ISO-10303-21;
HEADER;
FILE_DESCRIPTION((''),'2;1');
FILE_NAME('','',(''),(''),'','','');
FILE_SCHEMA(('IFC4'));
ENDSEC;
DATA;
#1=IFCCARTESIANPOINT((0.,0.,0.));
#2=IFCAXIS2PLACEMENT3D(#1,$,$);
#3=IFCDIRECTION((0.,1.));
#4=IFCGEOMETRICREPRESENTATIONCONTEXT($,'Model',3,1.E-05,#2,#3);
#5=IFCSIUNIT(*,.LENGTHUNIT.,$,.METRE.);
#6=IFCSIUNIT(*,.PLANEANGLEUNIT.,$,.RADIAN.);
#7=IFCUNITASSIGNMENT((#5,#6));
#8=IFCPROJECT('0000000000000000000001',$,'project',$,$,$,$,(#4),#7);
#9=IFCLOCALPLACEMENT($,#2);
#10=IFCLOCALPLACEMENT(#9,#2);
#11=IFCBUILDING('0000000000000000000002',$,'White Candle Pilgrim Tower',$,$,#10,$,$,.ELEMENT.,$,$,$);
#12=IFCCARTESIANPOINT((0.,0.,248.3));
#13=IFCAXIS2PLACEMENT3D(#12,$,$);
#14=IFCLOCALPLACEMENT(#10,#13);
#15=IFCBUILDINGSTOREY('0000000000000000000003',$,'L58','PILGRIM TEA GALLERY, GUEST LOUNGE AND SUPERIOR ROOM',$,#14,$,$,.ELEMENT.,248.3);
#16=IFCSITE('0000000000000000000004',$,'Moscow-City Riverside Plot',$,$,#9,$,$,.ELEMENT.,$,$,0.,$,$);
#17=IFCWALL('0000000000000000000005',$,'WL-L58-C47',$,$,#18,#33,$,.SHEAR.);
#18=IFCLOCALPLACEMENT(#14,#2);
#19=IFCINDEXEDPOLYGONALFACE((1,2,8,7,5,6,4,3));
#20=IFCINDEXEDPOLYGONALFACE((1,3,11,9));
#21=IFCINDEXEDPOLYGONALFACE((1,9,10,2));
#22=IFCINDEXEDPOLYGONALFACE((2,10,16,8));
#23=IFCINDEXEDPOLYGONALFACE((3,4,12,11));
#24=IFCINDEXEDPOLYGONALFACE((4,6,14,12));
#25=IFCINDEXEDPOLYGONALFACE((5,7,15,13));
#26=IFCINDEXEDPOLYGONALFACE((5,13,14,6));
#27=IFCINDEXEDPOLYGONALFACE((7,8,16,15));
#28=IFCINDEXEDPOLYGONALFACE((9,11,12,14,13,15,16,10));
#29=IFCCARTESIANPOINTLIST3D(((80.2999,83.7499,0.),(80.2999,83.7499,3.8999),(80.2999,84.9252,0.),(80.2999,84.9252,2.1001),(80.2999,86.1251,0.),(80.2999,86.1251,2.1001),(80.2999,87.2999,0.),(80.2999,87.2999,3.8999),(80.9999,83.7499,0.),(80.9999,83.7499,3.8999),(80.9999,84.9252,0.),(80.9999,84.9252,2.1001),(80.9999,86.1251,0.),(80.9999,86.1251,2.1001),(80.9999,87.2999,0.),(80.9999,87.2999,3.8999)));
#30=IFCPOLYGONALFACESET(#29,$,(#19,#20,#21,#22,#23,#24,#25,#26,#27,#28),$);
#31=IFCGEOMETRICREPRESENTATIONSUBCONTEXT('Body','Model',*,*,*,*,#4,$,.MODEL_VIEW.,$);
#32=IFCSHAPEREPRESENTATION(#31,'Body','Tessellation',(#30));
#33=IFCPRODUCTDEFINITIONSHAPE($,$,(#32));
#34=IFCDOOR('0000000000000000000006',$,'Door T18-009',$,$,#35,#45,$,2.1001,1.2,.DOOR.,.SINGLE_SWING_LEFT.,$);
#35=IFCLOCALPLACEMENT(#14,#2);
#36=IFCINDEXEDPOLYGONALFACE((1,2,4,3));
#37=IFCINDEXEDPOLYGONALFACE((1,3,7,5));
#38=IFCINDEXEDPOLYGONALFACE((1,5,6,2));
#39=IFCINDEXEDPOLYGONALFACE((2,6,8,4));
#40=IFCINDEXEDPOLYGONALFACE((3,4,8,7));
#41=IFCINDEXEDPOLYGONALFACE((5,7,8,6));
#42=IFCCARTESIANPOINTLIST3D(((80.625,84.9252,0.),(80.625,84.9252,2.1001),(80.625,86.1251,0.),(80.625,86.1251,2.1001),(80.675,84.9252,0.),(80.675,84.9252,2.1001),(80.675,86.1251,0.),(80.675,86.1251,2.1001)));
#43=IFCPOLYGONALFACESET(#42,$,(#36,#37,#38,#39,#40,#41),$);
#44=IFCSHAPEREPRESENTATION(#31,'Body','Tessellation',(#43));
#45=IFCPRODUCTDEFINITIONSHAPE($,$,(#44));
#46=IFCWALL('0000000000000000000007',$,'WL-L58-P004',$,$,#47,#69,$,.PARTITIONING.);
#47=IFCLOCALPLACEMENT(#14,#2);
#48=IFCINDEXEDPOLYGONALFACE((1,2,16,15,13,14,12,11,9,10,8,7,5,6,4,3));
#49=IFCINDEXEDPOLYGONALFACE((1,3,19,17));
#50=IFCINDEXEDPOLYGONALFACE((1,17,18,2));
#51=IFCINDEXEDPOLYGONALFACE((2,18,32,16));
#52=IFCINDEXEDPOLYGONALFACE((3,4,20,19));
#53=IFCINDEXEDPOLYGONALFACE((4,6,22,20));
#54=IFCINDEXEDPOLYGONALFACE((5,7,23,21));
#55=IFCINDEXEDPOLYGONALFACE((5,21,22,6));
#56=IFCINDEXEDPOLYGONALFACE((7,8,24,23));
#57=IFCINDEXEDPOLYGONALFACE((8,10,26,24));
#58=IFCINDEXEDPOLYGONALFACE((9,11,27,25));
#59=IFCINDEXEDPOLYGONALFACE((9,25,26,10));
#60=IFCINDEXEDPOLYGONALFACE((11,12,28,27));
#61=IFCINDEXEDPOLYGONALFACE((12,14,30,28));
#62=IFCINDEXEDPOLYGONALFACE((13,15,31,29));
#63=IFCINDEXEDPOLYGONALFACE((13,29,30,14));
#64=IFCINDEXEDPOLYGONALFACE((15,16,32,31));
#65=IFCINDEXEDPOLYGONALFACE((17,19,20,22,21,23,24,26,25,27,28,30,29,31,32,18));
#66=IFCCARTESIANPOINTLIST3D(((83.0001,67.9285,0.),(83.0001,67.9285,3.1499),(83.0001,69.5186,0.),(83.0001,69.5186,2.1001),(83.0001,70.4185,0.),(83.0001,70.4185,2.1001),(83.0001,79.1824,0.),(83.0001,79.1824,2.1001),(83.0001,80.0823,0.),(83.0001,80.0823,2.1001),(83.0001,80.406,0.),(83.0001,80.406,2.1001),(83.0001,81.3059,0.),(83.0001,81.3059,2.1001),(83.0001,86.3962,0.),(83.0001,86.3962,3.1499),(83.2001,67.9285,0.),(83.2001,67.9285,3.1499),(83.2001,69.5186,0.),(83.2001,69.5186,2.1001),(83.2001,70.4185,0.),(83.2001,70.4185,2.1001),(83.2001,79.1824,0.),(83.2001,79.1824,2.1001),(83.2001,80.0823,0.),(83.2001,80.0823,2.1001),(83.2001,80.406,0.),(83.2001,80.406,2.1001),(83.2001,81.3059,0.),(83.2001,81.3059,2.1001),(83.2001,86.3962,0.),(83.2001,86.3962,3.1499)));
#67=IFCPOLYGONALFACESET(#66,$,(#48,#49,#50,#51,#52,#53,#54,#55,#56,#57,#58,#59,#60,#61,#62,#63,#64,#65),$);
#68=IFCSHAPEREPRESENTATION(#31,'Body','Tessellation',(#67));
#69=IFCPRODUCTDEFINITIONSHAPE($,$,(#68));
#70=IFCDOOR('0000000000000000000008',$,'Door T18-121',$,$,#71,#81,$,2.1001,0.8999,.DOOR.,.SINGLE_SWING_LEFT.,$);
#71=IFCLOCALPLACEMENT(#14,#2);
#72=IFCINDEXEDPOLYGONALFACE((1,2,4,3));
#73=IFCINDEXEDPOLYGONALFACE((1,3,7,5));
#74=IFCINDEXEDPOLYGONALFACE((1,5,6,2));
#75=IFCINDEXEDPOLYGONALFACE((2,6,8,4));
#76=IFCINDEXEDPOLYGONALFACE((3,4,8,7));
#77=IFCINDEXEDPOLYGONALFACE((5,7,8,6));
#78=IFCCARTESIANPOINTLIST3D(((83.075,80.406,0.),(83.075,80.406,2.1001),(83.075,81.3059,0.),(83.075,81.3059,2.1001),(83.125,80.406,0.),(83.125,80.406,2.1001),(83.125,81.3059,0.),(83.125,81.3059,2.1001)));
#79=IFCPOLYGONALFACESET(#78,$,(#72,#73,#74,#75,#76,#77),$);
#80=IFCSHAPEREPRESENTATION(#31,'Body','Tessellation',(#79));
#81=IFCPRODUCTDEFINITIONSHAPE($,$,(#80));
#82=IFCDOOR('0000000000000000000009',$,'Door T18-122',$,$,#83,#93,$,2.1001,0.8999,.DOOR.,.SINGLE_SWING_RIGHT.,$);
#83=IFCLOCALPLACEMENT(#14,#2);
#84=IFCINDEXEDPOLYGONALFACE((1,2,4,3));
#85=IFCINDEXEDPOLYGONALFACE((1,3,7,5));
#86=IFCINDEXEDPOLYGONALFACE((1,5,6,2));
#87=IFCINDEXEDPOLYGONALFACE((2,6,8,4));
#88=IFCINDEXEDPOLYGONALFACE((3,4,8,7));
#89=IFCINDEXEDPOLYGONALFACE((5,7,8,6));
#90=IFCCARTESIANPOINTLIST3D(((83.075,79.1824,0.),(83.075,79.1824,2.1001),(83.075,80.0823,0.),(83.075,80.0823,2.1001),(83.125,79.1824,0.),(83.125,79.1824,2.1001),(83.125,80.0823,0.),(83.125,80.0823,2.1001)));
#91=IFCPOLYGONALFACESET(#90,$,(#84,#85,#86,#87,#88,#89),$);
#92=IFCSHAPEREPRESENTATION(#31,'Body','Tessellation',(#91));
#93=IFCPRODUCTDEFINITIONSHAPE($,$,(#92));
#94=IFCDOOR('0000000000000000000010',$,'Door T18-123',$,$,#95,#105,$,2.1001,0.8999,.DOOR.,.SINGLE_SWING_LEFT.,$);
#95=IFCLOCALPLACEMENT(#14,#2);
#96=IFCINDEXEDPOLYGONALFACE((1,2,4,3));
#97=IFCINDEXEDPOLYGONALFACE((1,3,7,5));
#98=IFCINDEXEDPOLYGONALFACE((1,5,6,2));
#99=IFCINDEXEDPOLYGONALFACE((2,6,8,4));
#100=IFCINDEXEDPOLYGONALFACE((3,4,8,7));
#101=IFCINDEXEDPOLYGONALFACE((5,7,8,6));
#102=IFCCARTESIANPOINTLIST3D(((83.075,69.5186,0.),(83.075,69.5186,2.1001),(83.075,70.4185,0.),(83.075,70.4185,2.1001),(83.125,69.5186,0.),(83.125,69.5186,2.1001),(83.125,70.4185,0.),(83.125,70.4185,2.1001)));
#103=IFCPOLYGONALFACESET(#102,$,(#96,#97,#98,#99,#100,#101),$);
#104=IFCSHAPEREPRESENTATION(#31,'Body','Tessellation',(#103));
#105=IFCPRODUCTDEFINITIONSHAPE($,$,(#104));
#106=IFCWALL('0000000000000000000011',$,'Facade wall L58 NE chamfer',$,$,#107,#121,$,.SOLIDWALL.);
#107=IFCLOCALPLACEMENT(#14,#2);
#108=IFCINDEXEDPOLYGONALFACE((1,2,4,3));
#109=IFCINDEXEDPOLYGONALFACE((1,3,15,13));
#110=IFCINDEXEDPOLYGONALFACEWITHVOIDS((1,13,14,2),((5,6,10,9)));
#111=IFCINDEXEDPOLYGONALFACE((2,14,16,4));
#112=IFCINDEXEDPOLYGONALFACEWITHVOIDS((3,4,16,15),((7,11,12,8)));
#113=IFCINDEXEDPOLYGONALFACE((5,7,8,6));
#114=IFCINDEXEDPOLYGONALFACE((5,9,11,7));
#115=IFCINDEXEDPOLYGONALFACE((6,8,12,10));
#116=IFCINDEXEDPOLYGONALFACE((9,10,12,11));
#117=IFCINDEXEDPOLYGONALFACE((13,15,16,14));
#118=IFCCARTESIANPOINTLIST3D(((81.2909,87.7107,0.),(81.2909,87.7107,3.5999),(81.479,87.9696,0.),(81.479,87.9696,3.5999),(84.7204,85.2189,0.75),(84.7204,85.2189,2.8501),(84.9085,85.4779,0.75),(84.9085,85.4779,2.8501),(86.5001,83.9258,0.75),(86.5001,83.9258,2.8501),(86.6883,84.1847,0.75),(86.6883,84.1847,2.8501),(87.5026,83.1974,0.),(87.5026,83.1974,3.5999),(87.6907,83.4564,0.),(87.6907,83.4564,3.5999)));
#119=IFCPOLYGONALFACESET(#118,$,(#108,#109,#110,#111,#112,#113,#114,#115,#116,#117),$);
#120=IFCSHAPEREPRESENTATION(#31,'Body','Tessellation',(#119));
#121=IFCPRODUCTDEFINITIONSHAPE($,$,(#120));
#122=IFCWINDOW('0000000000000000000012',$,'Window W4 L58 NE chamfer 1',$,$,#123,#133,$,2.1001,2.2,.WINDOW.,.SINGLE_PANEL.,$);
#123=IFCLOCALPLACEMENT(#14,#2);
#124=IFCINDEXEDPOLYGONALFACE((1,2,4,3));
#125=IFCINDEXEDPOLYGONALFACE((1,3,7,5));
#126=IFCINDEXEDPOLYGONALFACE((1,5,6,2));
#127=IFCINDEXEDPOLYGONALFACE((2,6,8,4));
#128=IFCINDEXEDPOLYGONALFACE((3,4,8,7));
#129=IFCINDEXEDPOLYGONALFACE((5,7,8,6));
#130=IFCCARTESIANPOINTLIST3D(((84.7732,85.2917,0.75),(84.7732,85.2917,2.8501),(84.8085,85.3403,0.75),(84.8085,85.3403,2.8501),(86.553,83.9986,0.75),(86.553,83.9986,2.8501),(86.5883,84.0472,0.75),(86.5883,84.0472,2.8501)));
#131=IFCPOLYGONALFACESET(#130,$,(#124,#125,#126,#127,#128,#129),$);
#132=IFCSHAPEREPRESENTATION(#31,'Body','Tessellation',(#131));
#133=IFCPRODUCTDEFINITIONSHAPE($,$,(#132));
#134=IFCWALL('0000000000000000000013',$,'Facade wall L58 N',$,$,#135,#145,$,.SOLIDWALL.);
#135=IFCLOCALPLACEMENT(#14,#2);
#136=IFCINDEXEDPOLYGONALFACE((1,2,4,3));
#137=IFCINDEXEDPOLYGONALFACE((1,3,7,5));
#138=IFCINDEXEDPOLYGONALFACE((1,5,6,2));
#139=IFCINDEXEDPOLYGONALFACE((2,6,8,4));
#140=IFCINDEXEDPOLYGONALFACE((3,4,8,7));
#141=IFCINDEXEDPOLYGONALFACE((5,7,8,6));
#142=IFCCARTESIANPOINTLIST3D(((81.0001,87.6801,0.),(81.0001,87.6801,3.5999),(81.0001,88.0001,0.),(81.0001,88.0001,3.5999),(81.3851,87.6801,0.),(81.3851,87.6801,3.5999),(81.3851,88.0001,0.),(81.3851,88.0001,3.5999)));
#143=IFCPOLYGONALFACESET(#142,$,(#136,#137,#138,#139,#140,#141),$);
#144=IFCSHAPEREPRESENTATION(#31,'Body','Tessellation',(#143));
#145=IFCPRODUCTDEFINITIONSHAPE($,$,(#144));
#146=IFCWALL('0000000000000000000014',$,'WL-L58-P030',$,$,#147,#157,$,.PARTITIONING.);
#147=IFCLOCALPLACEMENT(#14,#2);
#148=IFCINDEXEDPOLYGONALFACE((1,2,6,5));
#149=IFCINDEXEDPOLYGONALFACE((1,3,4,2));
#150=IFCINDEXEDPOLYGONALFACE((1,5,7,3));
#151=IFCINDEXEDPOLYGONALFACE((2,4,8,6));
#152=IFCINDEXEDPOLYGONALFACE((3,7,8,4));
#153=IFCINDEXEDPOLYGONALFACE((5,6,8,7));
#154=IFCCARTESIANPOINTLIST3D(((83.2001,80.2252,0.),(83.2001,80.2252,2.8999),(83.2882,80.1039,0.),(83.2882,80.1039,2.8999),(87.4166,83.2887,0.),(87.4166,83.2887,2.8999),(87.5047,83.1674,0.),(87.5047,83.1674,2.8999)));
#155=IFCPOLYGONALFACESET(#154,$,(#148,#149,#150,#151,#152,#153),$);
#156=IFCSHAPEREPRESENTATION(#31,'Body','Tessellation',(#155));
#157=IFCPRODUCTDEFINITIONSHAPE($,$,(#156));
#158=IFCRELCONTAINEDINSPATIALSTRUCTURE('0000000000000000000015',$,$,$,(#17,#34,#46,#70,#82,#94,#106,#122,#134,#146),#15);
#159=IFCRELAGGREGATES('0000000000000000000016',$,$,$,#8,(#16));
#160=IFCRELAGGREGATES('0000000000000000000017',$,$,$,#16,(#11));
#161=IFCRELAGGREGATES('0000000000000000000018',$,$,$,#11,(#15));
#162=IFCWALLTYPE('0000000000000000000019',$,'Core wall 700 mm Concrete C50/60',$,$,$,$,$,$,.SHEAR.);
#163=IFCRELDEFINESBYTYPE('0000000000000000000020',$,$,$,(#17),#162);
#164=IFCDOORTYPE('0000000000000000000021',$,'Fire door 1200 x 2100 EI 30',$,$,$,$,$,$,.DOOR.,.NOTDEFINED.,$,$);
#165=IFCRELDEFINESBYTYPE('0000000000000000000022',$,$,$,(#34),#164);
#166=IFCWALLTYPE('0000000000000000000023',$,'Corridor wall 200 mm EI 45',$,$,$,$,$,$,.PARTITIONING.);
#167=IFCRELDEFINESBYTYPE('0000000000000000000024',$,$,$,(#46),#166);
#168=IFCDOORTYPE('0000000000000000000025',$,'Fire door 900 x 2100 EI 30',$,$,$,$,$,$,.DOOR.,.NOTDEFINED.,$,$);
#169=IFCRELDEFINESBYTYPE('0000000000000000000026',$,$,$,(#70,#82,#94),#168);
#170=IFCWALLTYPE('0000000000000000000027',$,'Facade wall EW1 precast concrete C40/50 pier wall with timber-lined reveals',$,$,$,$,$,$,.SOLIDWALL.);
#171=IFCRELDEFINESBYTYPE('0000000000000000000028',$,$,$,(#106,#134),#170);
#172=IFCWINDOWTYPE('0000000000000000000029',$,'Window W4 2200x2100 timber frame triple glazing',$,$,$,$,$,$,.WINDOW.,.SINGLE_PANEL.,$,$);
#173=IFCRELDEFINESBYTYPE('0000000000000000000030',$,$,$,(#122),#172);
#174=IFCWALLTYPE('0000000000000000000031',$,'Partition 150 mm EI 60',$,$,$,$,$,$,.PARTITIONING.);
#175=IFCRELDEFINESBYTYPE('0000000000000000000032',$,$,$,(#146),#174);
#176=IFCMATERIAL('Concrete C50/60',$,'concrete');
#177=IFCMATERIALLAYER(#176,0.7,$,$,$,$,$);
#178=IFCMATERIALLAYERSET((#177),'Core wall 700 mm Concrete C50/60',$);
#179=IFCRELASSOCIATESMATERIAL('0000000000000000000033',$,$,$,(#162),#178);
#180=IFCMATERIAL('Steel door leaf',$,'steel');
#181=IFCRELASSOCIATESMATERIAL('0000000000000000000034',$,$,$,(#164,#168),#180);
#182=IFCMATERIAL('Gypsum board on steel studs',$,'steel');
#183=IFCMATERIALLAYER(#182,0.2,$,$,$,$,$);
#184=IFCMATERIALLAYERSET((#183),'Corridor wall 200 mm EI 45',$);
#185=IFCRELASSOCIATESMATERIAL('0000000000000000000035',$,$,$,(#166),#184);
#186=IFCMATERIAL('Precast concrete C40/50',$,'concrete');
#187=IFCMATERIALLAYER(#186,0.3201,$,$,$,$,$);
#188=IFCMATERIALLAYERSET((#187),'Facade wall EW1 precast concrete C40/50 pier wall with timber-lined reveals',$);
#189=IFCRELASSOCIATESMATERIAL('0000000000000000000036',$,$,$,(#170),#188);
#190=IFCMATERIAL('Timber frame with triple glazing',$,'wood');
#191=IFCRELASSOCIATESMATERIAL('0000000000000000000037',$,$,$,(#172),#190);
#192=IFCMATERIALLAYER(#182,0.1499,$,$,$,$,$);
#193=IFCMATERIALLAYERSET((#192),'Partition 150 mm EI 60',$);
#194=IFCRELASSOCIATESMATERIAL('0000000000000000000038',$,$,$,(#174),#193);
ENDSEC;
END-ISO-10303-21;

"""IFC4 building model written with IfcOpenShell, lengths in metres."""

from ifc_helpers import new_model, si_unit, direction, frame, frame_2d, origin, place, context, subcontext, project, spatial, rectangle, extrude, material, layer, layer_set, type_object, element, fill, save


model = new_model("IFC4")

# Units and contexts
model_context = context("Model", 3, precision=1e-05, world=origin(), true_north=direction((0.0, 1.0)))
body_context = subcontext(model_context, "Body", "Model", "MODEL_VIEW")
ifc_project = project(units=[si_unit("LENGTHUNIT", "METRE"), si_unit("PLANEANGLEUNIT", "RADIAN")], contexts=[model_context])

# Site, building, storey
site_placement = place(None, origin())
site = spatial("IfcSite", under=ifc_project, at=site_placement, Name="Moscow-City Riverside Plot", CompositionType="ELEMENT", RefElevation=0.0)
building_placement = place(site_placement, origin())
building = spatial("IfcBuilding", under=site, at=building_placement, Name="White Candle Pilgrim Tower", CompositionType="ELEMENT")
storey_placement = place(building_placement, frame((0.0, 0.0, 248.3)))
storey = spatial("IfcBuildingStorey", under=building, at=storey_placement, Name="L58", Description="PILGRIM TEA GALLERY, GUEST LOUNGE AND SUPERIOR ROOM", CompositionType="ELEMENT", Elevation=248.3)

# Shared definitions
ifc_material_1 = material(Name="Concrete C50/60", Category="concrete")

# Wall, opening, door
ifc_layer_1 = layer(ifc_material_1, 0.7)
ifc_layer_set_1 = layer_set([ifc_layer_1], Name="Core wall 700 mm Concrete C50/60")
wall_type_1 = type_object("IfcWallType", Name="Core wall 700 mm Concrete C50/60", PredefinedType="SHEAR", material=ifc_layer_set_1)
wall_1_placement = place(storey_placement, frame((80.6499, 83.75, 0.0), z_axis=(0.0, 0.0, 1.0), x_axis=(0.0, 1.0, 0.0)))
wall_1 = element("IfcWall", 1, at=wall_1_placement, inside=storey, type_object=wall_type_1, Name="WL-L58-C47", PredefinedType="SHEAR", context=body_context, shape_type="SweptSolid", body=[
    extrude(rectangle(XDim=3.55, YDim=0.7, at=frame_2d((1.7749, 0.0))), origin(), (0.0, 0.0, 1.0), 3.8999),
])
opening_1_placement = place(wall_1_placement, frame((1.175, 0.0, 0.0)))
opening_1 = element("IfcOpeningElement", 2, at=opening_1_placement, cuts=wall_1, PredefinedType="OPENING", context=body_context, shape_type="SweptSolid", body=[
    extrude(rectangle(XDim=1.2, YDim=2.1001, at=frame_2d((0.6001, 1.05))), frame((0.0, 0.3599, 0.0), z_axis=(0.0, -1.0, 0.0), x_axis=(1.0, 0.0, 0.0)), (0.0, 0.0, 1.0), 0.72),
])
ifc_material_2 = material(Name="Steel door leaf", Category="steel")
door_type_1 = type_object("IfcDoorType", Name="Fire door 1200 x 2100 EI 30", OperationType="NOTDEFINED", PredefinedType="DOOR", material=ifc_material_2)
door_1_placement = place(opening_1_placement, origin())
door_1 = element("IfcDoor", 3, at=door_1_placement, inside=storey, type_object=door_type_1, Name="Door T18-009", OperationType="SINGLE_SWING_LEFT", OverallHeight=2.1001, OverallWidth=1.2, PredefinedType="DOOR", context=body_context, shape_type="SweptSolid", body=[
    extrude(rectangle(XDim=1.2, YDim=2.1001, at=frame_2d((0.6001, 1.05))), frame((0.0, 0.0249, 0.0), z_axis=(0.0, -1.0, 0.0), x_axis=(1.0, 0.0, 0.0)), (0.0, 0.0, 1.0), 0.05),
])
fill(opening_1, door_1)

# Wall, openings, doors
ifc_material_3 = material(Name="Gypsum board on steel studs", Category="steel")
ifc_layer_2 = layer(ifc_material_3, 0.2)
ifc_layer_set_2 = layer_set([ifc_layer_2], Name="Corridor wall 200 mm EI 45")
wall_type_2 = type_object("IfcWallType", Name="Corridor wall 200 mm EI 45", PredefinedType="PARTITIONING", material=ifc_layer_set_2)
wall_2_placement = place(storey_placement, frame((83.1001, 86.3962, 0.0), z_axis=(0.0, 0.0, 1.0), x_axis=(0.0, -1.0, 0.0)))
wall_2 = element("IfcWall", 4, at=wall_2_placement, inside=storey, type_object=wall_type_2, Name="WL-L58-P004", PredefinedType="PARTITIONING", context=body_context, shape_type="SweptSolid", body=[
    extrude(rectangle(XDim=18.4678, YDim=0.2, at=frame_2d((9.2339, 0.0))), origin(), (0.0, 0.0, 1.0), 3.1499),
])
opening_2_placement = place(wall_2_placement, frame((5.0903, 0.0, 0.0)))
opening_2 = element("IfcOpeningElement", 5, at=opening_2_placement, cuts=wall_2, PredefinedType="OPENING", context=body_context, shape_type="SweptSolid", body=[
    extrude(rectangle(XDim=0.8999, YDim=2.1001, at=frame_2d((0.45, 1.05))), frame((0.0, 0.1099, 0.0), z_axis=(0.0, -1.0, 0.0), x_axis=(1.0, 0.0, 0.0)), (0.0, 0.0, 1.0), 0.22),
])
opening_3_placement = place(wall_2_placement, frame((6.314, 0.0, 0.0)))
opening_3 = element("IfcOpeningElement", 6, at=opening_3_placement, cuts=wall_2, PredefinedType="OPENING", context=body_context, shape_type="SweptSolid", body=[
    extrude(rectangle(XDim=0.8999, YDim=2.1001, at=frame_2d((0.45, 1.05))), frame((0.0, 0.1099, 0.0), z_axis=(0.0, -1.0, 0.0), x_axis=(1.0, 0.0, 0.0)), (0.0, 0.0, 1.0), 0.22),
])
opening_4_placement = place(wall_2_placement, frame((15.9778, 0.0, 0.0)))
opening_4 = element("IfcOpeningElement", 7, at=opening_4_placement, cuts=wall_2, PredefinedType="OPENING", context=body_context, shape_type="SweptSolid", body=[
    extrude(rectangle(XDim=0.8999, YDim=2.1001, at=frame_2d((0.45, 1.05))), frame((0.0, 0.1099, 0.0), z_axis=(0.0, -1.0, 0.0), x_axis=(1.0, 0.0, 0.0)), (0.0, 0.0, 1.0), 0.22),
])
door_type_2 = type_object("IfcDoorType", Name="Fire door 900 x 2100 EI 30", OperationType="NOTDEFINED", PredefinedType="DOOR", material=ifc_material_2)
door_2_placement = place(opening_2_placement, origin())
door_2 = element("IfcDoor", 8, at=door_2_placement, inside=storey, type_object=door_type_2, Name="Door T18-121", OperationType="SINGLE_SWING_LEFT", OverallHeight=2.1001, OverallWidth=0.8999, PredefinedType="DOOR", context=body_context, shape_type="SweptSolid", body=[
    extrude(rectangle(XDim=0.8999, YDim=2.1001, at=frame_2d((0.45, 1.05))), frame((0.0, 0.0249, 0.0), z_axis=(0.0, -1.0, 0.0), x_axis=(1.0, 0.0, 0.0)), (0.0, 0.0, 1.0), 0.05),
])
fill(opening_2, door_2)
door_3_placement = place(opening_3_placement, origin())
door_3 = element("IfcDoor", 9, at=door_3_placement, inside=storey, type_object=door_type_2, Name="Door T18-122", OperationType="SINGLE_SWING_RIGHT", OverallHeight=2.1001, OverallWidth=0.8999, PredefinedType="DOOR", context=body_context, shape_type="SweptSolid", body=[
    extrude(rectangle(XDim=0.8999, YDim=2.1001, at=frame_2d((0.45, 1.05))), frame((0.0, 0.0249, 0.0), z_axis=(0.0, -1.0, 0.0), x_axis=(1.0, 0.0, 0.0)), (0.0, 0.0, 1.0), 0.05),
])
fill(opening_3, door_3)
door_4_placement = place(opening_4_placement, origin())
door_4 = element("IfcDoor", 10, at=door_4_placement, inside=storey, type_object=door_type_2, Name="Door T18-123", OperationType="SINGLE_SWING_LEFT", OverallHeight=2.1001, OverallWidth=0.8999, PredefinedType="DOOR", context=body_context, shape_type="SweptSolid", body=[
    extrude(rectangle(XDim=0.8999, YDim=2.1001, at=frame_2d((0.45, 1.05))), frame((0.0, 0.0249, 0.0), z_axis=(0.0, -1.0, 0.0), x_axis=(1.0, 0.0, 0.0)), (0.0, 0.0, 1.0), 0.05),
])
fill(opening_4, door_4)

# Wall, opening, window
ifc_material_4 = material(Name="Precast concrete C40/50", Category="concrete")
ifc_layer_3 = layer(ifc_material_4, 0.3201)
ifc_layer_set_3 = layer_set([ifc_layer_3], Name="Facade wall EW1 precast concrete C40/50 pier wall with timber-lined reveals")
wall_type_3 = type_object("IfcWallType", Name="Facade wall EW1 precast concrete C40/50 pier wall with timber-lined reveals", PredefinedType="SOLIDWALL", material=ifc_layer_set_3)
wall_3_placement = place(storey_placement, frame((87.5967, 83.3269, 0.0), z_axis=(0.0, 0.0, 1.0), x_axis=(-0.809008, 0.587797, 0.0)))
wall_3 = element("IfcWall", 11, at=wall_3_placement, inside=storey, type_object=wall_type_3, Name="Facade wall L58 NE chamfer", PredefinedType="SOLIDWALL", context=body_context, shape_type="SweptSolid", body=[
    extrude(rectangle(XDim=7.6782, YDim=0.3201, at=frame_2d((3.8391, 0.0))), origin(), (0.0, 0.0, 1.0), 3.5999),
])
opening_5_placement = place(wall_3_placement, frame((1.239, 0.0, 0.75)))
opening_5 = element("IfcOpeningElement", 12, at=opening_5_placement, cuts=wall_3, PredefinedType="OPENING", context=body_context, shape_type="SweptSolid", body=[
    extrude(rectangle(XDim=2.2, YDim=2.1001, at=frame_2d((1.1001, 1.05))), frame((0.0, 0.1699, 0.0), z_axis=(0.0, -1.0, 0.0), x_axis=(1.0, 0.0, 0.0)), (0.0, 0.0, 1.0), 0.3401),
])
ifc_material_5 = material(Name="Timber frame with triple glazing", Category="wood")
window_type = type_object("IfcWindowType", Name="Window W4 2200x2100 timber frame triple glazing", PartitioningType="SINGLE_PANEL", PredefinedType="WINDOW", material=ifc_material_5)
window_placement = place(opening_5_placement, origin())
window = element("IfcWindow", 13, at=window_placement, inside=storey, type_object=window_type, Name="Window W4 L58 NE chamfer 1", OverallHeight=2.1001, OverallWidth=2.2, PartitioningType="SINGLE_PANEL", PredefinedType="WINDOW", context=body_context, shape_type="SweptSolid", body=[
    extrude(rectangle(XDim=2.2, YDim=2.1001, at=frame_2d((1.1001, 1.05))), frame((0.0, 0.0701, 0.0), z_axis=(0.0, -1.0, 0.0), x_axis=(1.0, 0.0, 0.0)), (0.0, 0.0, 1.0), 0.0601),
])
fill(opening_5, window)

# Walls
wall_4_placement = place(storey_placement, frame((81.385, 87.8401, 0.0), z_axis=(0.0, 0.0, 1.0), x_axis=(-1.0, 0.0, 0.0)))
element("IfcWall", 14, at=wall_4_placement, inside=storey, type_object=wall_type_3, Name="Facade wall L58 N", PredefinedType="SOLIDWALL", context=body_context, shape_type="SweptSolid", body=[
    extrude(rectangle(XDim=0.385, YDim=0.3201, at=frame_2d((0.1924, 0.0))), origin(), (0.0, 0.0, 1.0), 3.5999),
])
ifc_layer_4 = layer(ifc_material_3, 0.1499)
ifc_layer_set_4 = layer_set([ifc_layer_4], Name="Partition 150 mm EI 60")
wall_type_4 = type_object("IfcWallType", Name="Partition 150 mm EI 60", PredefinedType="PARTITIONING", material=ifc_layer_set_4)
wall_5_placement = place(storey_placement, frame((87.4607, 83.228, 0.0), z_axis=(0.0, 0.0, 1.0), x_axis=(-0.80902, -0.587782, 0.0)))
element("IfcWall", 15, at=wall_5_placement, inside=storey, type_object=wall_type_4, Name="WL-L58-P030", PredefinedType="PARTITIONING", context=body_context, shape_type="SweptSolid", body=[
    extrude(rectangle(XDim=5.2119, YDim=0.1499, at=frame_2d((2.606, 0.0))), origin(), (0.0, 0.0, 1.0), 2.8999),
])

save(model, "model.ifc")
